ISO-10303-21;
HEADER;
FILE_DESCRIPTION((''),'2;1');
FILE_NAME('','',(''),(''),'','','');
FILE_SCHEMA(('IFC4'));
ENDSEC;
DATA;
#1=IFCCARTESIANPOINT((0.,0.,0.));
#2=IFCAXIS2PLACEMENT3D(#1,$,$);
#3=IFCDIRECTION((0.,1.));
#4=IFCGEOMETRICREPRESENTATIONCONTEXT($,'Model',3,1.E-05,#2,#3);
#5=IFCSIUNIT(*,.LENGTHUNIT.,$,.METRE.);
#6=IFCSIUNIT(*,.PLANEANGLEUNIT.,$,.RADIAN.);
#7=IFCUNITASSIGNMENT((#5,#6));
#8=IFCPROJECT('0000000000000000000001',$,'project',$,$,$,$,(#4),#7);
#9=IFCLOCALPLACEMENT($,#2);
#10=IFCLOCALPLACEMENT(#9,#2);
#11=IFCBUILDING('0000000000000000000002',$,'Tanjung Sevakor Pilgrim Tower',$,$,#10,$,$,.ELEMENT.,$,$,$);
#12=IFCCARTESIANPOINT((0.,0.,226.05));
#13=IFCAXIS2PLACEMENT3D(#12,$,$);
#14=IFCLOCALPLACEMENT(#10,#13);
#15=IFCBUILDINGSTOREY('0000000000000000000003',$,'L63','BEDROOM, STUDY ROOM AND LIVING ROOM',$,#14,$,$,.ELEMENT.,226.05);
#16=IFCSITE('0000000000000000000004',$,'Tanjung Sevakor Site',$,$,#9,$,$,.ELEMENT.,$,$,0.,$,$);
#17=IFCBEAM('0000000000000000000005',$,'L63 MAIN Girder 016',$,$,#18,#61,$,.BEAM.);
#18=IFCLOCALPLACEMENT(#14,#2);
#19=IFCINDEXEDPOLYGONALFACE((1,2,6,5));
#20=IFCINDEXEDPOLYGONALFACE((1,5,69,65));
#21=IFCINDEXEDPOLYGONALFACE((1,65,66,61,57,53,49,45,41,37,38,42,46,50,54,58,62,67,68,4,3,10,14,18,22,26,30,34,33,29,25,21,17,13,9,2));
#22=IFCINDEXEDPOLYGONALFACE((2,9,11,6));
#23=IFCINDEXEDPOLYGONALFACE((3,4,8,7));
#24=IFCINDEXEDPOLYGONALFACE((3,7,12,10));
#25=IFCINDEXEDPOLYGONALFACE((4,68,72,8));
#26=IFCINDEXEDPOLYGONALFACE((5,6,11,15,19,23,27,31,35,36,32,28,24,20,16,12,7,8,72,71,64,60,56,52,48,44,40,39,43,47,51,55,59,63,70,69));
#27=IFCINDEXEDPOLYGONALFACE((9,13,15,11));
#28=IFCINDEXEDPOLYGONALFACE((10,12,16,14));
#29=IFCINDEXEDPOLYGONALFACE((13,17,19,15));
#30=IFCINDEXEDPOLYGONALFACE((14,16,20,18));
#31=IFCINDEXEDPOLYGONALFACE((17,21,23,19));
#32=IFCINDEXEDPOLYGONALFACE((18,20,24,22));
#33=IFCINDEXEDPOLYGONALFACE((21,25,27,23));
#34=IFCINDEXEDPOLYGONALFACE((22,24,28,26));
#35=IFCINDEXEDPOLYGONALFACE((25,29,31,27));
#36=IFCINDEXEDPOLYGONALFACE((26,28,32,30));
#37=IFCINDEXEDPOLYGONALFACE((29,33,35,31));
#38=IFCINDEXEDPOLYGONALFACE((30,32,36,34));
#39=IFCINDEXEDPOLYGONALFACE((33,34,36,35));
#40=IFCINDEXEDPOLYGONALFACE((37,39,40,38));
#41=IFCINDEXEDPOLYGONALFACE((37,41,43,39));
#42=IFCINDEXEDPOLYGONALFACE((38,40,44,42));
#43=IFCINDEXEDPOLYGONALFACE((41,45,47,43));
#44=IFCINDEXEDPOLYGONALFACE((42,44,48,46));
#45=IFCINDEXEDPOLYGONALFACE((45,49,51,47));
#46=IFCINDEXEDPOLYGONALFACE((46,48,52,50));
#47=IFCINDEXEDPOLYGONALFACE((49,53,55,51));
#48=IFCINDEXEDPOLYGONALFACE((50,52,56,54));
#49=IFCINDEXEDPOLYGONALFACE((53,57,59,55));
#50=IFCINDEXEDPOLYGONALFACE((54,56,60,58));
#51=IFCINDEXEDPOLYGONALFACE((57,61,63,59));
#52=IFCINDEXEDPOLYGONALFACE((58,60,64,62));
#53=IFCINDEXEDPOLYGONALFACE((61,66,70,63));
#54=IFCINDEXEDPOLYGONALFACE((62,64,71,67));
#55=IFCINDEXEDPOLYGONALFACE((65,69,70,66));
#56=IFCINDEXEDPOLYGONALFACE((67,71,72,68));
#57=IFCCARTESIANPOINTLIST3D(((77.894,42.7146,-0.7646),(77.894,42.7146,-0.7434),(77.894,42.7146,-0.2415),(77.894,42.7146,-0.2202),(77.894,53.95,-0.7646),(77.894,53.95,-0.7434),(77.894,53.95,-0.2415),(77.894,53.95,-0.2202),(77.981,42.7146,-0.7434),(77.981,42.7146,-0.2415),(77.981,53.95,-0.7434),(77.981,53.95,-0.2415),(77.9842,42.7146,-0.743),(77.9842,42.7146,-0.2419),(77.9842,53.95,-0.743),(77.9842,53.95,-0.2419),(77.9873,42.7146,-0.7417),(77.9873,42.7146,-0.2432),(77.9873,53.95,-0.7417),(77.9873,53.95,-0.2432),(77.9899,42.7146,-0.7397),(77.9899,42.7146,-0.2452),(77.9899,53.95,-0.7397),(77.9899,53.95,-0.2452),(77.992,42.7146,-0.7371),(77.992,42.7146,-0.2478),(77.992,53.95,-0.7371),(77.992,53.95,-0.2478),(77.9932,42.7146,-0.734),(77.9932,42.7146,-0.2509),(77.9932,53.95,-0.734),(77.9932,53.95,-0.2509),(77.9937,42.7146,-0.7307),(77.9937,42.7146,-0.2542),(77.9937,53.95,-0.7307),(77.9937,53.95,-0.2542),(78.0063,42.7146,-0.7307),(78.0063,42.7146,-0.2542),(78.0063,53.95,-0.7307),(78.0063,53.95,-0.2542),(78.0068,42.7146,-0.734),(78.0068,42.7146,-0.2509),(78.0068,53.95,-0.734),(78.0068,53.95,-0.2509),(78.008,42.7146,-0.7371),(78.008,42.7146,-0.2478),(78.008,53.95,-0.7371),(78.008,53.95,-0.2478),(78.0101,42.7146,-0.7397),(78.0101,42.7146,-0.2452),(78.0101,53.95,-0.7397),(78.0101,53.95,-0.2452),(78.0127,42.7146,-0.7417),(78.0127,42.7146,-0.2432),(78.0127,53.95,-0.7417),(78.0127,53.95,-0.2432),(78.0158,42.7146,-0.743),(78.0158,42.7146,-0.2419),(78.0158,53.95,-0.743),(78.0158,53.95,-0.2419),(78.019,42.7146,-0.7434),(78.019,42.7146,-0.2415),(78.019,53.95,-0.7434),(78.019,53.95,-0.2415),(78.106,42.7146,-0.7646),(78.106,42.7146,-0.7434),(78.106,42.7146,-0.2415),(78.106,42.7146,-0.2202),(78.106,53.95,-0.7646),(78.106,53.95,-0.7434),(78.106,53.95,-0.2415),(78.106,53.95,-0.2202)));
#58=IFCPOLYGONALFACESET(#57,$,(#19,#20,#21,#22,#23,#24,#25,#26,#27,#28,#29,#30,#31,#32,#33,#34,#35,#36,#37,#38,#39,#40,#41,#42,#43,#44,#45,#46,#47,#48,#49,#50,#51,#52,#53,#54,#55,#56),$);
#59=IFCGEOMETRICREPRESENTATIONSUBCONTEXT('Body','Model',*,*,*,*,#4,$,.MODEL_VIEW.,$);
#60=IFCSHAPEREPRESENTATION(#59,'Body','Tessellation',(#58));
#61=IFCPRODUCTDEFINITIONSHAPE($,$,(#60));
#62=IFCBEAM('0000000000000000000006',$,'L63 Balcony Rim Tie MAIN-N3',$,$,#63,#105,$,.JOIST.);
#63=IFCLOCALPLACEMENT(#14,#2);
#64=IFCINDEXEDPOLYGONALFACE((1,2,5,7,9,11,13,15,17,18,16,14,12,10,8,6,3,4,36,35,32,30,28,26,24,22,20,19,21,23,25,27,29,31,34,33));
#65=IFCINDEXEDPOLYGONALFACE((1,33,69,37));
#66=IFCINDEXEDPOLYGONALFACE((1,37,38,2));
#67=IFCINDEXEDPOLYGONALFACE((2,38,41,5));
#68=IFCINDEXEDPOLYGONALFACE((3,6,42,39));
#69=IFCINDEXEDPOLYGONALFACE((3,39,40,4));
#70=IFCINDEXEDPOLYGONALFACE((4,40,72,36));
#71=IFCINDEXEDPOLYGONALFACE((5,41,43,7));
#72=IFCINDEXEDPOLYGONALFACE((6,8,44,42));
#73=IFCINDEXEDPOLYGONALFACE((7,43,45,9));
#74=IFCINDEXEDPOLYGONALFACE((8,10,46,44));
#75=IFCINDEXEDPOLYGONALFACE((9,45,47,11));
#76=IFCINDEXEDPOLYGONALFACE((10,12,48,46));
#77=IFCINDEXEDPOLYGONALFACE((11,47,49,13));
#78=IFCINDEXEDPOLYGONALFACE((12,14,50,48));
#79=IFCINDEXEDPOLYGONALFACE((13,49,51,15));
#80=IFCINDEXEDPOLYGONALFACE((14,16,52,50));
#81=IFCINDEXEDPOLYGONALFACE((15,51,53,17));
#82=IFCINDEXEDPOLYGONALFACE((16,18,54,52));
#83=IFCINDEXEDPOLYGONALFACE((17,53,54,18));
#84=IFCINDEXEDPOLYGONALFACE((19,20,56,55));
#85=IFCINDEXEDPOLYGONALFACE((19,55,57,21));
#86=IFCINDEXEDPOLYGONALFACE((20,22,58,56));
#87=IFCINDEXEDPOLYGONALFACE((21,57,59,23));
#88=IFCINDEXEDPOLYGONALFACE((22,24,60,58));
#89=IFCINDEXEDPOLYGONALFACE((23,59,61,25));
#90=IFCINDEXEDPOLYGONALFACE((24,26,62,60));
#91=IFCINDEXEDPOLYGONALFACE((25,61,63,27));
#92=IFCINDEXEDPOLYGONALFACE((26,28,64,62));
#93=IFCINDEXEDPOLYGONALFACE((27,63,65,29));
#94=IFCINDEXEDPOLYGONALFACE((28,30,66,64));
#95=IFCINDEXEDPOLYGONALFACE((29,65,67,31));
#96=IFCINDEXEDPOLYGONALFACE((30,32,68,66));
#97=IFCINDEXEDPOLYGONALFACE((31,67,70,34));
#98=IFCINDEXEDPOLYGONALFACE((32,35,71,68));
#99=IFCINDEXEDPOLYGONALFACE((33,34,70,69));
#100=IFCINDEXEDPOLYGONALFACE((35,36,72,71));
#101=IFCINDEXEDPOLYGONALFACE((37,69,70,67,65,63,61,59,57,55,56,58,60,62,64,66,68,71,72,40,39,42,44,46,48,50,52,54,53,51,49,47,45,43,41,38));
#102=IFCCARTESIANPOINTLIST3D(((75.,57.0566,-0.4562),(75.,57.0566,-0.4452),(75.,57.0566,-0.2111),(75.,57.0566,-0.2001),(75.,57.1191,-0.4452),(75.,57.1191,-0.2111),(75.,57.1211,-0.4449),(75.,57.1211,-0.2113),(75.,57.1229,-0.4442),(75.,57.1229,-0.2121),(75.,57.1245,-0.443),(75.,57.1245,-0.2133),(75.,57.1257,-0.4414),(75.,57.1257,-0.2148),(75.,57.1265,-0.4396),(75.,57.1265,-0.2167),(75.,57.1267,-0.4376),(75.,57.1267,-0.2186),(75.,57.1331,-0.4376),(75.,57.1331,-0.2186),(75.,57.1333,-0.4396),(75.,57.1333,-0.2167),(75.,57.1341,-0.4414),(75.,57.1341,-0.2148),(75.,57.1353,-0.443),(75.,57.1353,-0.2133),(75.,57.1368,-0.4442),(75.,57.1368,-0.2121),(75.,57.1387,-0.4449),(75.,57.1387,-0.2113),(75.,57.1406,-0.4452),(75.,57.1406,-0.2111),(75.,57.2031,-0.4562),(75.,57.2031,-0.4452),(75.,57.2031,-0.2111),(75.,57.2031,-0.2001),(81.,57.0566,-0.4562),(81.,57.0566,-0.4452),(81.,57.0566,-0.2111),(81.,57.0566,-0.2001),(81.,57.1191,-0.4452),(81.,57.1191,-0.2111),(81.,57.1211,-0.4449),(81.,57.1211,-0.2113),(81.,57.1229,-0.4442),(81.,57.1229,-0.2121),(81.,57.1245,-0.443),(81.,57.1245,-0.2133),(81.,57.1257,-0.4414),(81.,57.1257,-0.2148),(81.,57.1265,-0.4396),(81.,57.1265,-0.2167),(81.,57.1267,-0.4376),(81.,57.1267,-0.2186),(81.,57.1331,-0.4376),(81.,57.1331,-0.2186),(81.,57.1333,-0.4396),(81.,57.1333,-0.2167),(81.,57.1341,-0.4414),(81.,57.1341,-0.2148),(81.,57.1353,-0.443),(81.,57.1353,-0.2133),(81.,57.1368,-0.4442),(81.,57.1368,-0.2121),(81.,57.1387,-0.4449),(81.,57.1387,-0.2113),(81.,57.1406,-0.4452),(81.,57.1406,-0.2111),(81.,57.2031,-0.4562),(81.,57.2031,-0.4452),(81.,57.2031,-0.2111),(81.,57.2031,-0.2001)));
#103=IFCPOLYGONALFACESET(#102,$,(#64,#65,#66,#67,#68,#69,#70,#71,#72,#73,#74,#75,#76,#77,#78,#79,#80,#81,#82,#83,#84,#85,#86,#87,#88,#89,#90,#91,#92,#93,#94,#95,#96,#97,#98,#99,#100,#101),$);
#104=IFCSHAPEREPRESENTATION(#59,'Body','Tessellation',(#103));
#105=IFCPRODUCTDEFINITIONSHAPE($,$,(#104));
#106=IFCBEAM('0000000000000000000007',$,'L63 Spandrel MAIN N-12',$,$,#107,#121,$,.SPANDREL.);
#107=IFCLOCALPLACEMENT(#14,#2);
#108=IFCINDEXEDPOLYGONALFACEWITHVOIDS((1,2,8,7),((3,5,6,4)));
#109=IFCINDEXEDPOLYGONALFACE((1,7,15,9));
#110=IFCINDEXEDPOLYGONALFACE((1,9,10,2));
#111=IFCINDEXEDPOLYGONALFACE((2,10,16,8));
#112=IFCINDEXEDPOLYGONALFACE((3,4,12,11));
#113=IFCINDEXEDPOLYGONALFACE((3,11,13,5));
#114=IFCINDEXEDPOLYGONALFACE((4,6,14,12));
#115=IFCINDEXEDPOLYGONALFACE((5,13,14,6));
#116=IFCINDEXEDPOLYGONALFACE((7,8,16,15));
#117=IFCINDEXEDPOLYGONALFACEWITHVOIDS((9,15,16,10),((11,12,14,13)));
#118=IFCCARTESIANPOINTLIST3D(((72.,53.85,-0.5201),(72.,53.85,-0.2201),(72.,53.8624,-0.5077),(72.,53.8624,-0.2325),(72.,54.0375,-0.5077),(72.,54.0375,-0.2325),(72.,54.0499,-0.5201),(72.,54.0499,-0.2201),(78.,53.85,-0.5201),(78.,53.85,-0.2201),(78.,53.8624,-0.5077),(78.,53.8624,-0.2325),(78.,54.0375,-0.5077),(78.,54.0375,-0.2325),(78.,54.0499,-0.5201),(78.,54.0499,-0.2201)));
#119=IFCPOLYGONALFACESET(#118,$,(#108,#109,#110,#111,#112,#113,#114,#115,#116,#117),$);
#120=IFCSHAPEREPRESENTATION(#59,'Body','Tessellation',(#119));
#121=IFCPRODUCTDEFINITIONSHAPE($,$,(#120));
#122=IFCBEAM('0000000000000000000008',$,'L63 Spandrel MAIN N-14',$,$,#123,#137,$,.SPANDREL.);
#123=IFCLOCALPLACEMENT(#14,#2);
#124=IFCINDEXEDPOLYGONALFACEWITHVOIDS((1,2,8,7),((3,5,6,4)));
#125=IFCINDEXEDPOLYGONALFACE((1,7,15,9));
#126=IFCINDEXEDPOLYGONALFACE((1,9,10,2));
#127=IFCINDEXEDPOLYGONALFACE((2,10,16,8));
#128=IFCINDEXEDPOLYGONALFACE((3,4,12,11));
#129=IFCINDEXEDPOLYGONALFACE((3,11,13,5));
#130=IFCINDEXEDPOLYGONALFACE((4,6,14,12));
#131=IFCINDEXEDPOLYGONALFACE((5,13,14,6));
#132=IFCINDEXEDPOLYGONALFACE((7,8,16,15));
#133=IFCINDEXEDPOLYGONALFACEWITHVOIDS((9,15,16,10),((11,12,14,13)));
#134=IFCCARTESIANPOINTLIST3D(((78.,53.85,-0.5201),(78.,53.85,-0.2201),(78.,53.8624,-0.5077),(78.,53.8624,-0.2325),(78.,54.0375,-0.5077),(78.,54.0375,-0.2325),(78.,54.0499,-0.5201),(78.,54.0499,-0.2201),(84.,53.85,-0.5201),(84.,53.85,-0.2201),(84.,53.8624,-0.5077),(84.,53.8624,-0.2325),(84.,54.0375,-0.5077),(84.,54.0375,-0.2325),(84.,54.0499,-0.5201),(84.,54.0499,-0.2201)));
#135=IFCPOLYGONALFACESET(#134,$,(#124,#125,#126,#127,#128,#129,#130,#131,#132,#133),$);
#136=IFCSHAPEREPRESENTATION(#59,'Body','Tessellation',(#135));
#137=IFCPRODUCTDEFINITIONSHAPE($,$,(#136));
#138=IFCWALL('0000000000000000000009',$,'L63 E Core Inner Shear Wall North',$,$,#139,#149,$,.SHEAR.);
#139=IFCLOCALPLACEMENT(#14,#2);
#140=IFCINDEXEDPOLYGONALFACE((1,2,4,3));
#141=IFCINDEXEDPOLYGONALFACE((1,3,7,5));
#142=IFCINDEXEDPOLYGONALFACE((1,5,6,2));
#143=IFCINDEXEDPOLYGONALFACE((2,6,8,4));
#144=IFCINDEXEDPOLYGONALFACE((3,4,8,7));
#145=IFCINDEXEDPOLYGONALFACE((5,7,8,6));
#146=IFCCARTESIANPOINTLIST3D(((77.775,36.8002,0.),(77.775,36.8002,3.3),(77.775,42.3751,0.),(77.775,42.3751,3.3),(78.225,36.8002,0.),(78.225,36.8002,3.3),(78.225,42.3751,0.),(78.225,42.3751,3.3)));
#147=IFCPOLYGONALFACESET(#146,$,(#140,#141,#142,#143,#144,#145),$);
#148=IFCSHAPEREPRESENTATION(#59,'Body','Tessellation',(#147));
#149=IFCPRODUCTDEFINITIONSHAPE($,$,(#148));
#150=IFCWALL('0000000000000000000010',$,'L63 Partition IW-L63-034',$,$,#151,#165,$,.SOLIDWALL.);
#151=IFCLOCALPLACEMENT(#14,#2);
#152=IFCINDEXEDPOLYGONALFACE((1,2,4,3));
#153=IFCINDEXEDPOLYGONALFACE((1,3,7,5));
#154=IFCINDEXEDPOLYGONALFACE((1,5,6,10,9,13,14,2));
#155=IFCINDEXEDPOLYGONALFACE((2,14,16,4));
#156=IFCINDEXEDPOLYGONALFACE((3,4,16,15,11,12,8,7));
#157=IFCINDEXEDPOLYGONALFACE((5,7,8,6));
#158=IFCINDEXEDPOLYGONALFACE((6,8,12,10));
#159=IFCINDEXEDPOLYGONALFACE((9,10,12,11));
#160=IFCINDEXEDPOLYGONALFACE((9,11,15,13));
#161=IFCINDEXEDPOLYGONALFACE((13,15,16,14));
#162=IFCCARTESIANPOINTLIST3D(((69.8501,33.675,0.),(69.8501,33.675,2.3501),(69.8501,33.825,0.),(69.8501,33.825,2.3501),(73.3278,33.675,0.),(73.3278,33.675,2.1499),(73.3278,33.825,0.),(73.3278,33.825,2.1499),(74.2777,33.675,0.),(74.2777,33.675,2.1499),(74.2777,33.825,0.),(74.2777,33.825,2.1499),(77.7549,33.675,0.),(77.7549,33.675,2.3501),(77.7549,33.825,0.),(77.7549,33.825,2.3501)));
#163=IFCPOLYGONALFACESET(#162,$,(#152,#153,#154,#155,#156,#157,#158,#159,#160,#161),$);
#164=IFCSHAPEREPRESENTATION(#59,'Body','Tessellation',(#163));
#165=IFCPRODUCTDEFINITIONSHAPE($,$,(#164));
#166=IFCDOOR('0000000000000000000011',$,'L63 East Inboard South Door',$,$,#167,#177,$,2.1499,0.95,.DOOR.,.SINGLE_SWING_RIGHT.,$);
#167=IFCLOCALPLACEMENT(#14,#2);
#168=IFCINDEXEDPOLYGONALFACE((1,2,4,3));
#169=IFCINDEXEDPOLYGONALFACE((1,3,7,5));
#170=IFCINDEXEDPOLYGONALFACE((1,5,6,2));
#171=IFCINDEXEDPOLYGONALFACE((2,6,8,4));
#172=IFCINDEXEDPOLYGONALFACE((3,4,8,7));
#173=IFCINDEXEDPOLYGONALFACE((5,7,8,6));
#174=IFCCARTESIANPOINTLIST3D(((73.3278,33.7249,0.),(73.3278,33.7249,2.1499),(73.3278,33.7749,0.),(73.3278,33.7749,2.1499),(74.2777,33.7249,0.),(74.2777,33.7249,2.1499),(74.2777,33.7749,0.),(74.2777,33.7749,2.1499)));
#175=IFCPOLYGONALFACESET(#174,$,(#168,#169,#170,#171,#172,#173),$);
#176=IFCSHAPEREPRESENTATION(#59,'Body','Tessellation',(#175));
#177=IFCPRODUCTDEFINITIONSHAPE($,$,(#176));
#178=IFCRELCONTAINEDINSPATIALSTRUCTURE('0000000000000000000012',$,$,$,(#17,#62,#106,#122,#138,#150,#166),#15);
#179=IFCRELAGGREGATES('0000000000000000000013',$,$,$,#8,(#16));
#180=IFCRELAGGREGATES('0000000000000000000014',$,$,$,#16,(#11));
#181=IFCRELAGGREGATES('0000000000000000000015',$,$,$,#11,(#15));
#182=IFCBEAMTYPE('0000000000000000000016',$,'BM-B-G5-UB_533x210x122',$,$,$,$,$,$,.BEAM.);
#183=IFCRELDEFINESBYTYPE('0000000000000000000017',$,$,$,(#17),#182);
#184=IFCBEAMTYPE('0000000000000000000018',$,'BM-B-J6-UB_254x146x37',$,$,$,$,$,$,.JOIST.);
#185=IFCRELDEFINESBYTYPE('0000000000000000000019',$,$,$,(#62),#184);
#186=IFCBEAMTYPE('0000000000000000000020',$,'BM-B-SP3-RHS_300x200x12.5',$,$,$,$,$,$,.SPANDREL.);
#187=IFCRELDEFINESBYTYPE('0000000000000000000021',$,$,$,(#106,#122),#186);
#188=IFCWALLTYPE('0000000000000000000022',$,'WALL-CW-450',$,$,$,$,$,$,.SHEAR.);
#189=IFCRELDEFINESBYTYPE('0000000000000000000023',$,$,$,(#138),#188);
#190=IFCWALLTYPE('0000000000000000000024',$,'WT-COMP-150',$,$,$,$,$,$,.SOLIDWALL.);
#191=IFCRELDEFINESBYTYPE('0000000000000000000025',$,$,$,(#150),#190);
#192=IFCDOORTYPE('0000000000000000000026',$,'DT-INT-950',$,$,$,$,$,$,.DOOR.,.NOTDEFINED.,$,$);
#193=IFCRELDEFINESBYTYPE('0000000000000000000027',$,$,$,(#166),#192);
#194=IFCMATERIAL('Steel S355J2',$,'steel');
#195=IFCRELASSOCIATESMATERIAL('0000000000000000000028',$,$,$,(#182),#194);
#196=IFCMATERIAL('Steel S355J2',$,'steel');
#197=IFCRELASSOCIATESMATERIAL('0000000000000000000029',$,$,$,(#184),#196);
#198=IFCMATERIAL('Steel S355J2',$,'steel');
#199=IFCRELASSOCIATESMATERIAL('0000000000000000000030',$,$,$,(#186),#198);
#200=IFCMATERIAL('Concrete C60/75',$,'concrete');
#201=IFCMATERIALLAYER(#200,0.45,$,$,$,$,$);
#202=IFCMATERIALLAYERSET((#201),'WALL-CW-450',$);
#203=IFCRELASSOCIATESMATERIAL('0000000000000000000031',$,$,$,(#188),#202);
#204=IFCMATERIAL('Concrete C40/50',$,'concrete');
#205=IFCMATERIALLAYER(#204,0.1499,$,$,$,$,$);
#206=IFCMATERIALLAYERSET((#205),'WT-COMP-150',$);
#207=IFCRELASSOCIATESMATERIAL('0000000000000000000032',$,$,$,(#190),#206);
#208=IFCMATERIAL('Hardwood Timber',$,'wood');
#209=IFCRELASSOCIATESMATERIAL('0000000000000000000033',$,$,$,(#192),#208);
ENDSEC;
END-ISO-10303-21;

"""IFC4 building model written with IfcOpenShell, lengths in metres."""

from ifc_helpers import new_model, si_unit, direction, frame, frame_2d, origin, origin_2d, place, context, subcontext, project, spatial, rectangle, hollow_rectangle, i_section, extrude, material, layer, layer_set, material_profile, profile_set, type_object, element, fill, save


model = new_model("IFC4")

# Units and contexts
model_context = context("Model", 3, precision=1e-05, world=origin(), true_north=direction((0.0, 1.0)))
body_context = subcontext(model_context, "Body", "Model", "MODEL_VIEW")
ifc_project = project(units=[si_unit("LENGTHUNIT", "METRE"), si_unit("PLANEANGLEUNIT", "RADIAN")], contexts=[model_context])

# Site, building, storey
site_placement = place(None, origin())
site = spatial("IfcSite", under=ifc_project, at=site_placement, Name="Tanjung Sevakor Site", CompositionType="ELEMENT", RefElevation=0.0)
building_placement = place(site_placement, origin())
building = spatial("IfcBuilding", under=site, at=building_placement, Name="Tanjung Sevakor Pilgrim Tower", CompositionType="ELEMENT")
storey_placement = place(building_placement, frame((0.0, 0.0, 226.05)))
storey = spatial("IfcBuildingStorey", under=building, at=storey_placement, Name="L63", Description="BEDROOM, STUDY ROOM AND LIVING ROOM", CompositionType="ELEMENT", Elevation=226.05)

# Beams
ifc_material_1 = material(Name="Steel S355J2", Category="steel")
ifc_material_profile_1 = material_profile(ifc_material_1, i_section(OverallWidth=0.2119, OverallDepth=0.5444, WebThickness=0.0127, FlangeThickness=0.0212, FilletRadius=0.0127, at=origin_2d()))
ifc_profile_set_1 = profile_set([ifc_material_profile_1], Name="Steel S355J2")
beam_type_1 = type_object("IfcBeamType", Name="BM-B-G5-UB_533x210x122", PredefinedType="BEAM", material=ifc_profile_set_1)
beam_1_placement = place(storey_placement, frame((78.0, 42.7146, -0.4924), z_axis=(0.0, 1.0, 0.0), x_axis=(-1.0, 0.0, 0.0)))
element("IfcBeam", 1, at=beam_1_placement, inside=storey, type_object=beam_type_1, Name="L63 MAIN Girder 016", PredefinedType="BEAM", context=body_context, shape_type="SweptSolid", body=[
    extrude(i_section(OverallWidth=0.2119, OverallDepth=0.5444, WebThickness=0.0127, FlangeThickness=0.0212, FilletRadius=0.0127, at=origin_2d()), origin(), (0.0, 0.0, 1.0), 11.2354),
])
ifc_material_2 = material(Name="Steel S355J2", Category="steel")
ifc_material_profile_2 = material_profile(ifc_material_2, i_section(OverallWidth=0.1465, OverallDepth=0.2561, WebThickness=0.0063, FlangeThickness=0.011, FilletRadius=0.0076, at=origin_2d()))
ifc_profile_set_2 = profile_set([ifc_material_profile_2], Name="Steel S355J2")
beam_type_2 = type_object("IfcBeamType", Name="BM-B-J6-UB_254x146x37", PredefinedType="JOIST", material=ifc_profile_set_2)
beam_2_placement = place(storey_placement, frame((75.0, 57.1299, -0.3281), z_axis=(1.0, 0.0, 0.0), x_axis=(0.0, 1.0, 0.0)))
element("IfcBeam", 2, at=beam_2_placement, inside=storey, type_object=beam_type_2, Name="L63 Balcony Rim Tie MAIN-N3", PredefinedType="JOIST", context=body_context, shape_type="SweptSolid", body=[
    extrude(i_section(OverallWidth=0.1465, OverallDepth=0.2561, WebThickness=0.0063, FlangeThickness=0.011, FilletRadius=0.0076, at=origin_2d()), origin(), (0.0, 0.0, 1.0), 6.0),
])
ifc_material_3 = material(Name="Steel S355J2", Category="steel")
ifc_material_profile_3 = material_profile(ifc_material_3, hollow_rectangle(XDim=0.2, YDim=0.3, WallThickness=0.0125, at=origin_2d()))
ifc_profile_set_3 = profile_set([ifc_material_profile_3], Name="Steel S355J2")
beam_type_3 = type_object("IfcBeamType", Name="BM-B-SP3-RHS_300x200x12.5", PredefinedType="SPANDREL", material=ifc_profile_set_3)
for number, where, z_axis, x_axis, name in (
    (3, (72.0, 53.95, -0.3701), (1.0, 0.0, 0.0), (0.0, 1.0, 0.0), "L63 Spandrel MAIN N-12"),
    (4, (78.0, 53.95, -0.3701), (1.0, 0.0, 0.0), (0.0, 1.0, 0.0), "L63 Spandrel MAIN N-14"),
):
    element("IfcBeam", number, at=place(storey_placement, frame(where, z_axis=z_axis, x_axis=x_axis)), inside=storey, type_object=beam_type_3, Name=name, PredefinedType="SPANDREL", context=body_context, shape_type="SweptSolid", body=[
        extrude(hollow_rectangle(XDim=0.2, YDim=0.3, WallThickness=0.0125, at=origin_2d()), origin(), (0.0, 0.0, 1.0), 6.0),
    ])

# Wall
ifc_material_4 = material(Name="Concrete C60/75", Category="concrete")
ifc_layer_1 = layer(ifc_material_4, 0.45)
ifc_layer_set_1 = layer_set([ifc_layer_1], Name="WALL-CW-450")
wall_type_1 = type_object("IfcWallType", Name="WALL-CW-450", PredefinedType="SHEAR", material=ifc_layer_set_1)
wall_1_placement = place(storey_placement, frame((78.0, 36.8, 0.0), z_axis=(0.0, 0.0, 1.0), x_axis=(0.0, 1.0, 0.0)))
element("IfcWall", 5, at=wall_1_placement, inside=storey, type_object=wall_type_1, Name="L63 E Core Inner Shear Wall North", PredefinedType="SHEAR", context=body_context, shape_type="SweptSolid", body=[
    extrude(rectangle(XDim=5.575, YDim=0.45, at=frame_2d((2.7876, 0.0))), origin(), (0.0, 0.0, 1.0), 3.3),
])

# Wall, opening, door
ifc_material_5 = material(Name="Concrete C40/50", Category="concrete")
ifc_layer_2 = layer(ifc_material_5, 0.1499)
ifc_layer_set_2 = layer_set([ifc_layer_2], Name="WT-COMP-150")
wall_type_2 = type_object("IfcWallType", Name="WT-COMP-150", PredefinedType="SOLIDWALL", material=ifc_layer_set_2)
wall_2_placement = place(storey_placement, frame((69.8501, 33.75, 0.0), z_axis=(0.0, 0.0, 1.0), x_axis=(1.0, 0.0, 0.0)))
wall_2 = element("IfcWall", 6, at=wall_2_placement, inside=storey, type_object=wall_type_2, Name="L63 Partition IW-L63-034", PredefinedType="SOLIDWALL", context=body_context, shape_type="SweptSolid", body=[
    extrude(rectangle(XDim=7.9048, YDim=0.1499, at=frame_2d((3.9524, 0.0))), origin(), (0.0, 0.0, 1.0), 2.3501),
])
opening_1_placement = place(wall_2_placement, frame((3.4775, 0.0, 0.0)))
opening_1 = element("IfcOpeningElement", 7, at=opening_1_placement, cuts=wall_2, PredefinedType="OPENING", context=body_context, shape_type="SweptSolid", body=[
    extrude(rectangle(XDim=0.95, YDim=2.1499, at=frame_2d((0.4751, 1.075))), frame((0.0, 0.085, 0.0), z_axis=(0.0, -1.0, 0.0), x_axis=(1.0, 0.0, 0.0)), (0.0, 0.0, 1.0), 0.1699),
])
ifc_material_6 = material(Name="Hardwood Timber", Category="wood")
door_type_1 = type_object("IfcDoorType", Name="DT-INT-950", OperationType="NOTDEFINED", PredefinedType="DOOR", material=ifc_material_6)
door_1_placement = place(opening_1_placement, origin())
door_1 = element("IfcDoor", 8, at=door_1_placement, inside=storey, type_object=door_type_1, Name="L63 East Inboard South Door", OperationType="SINGLE_SWING_RIGHT", OverallHeight=2.1499, OverallWidth=0.95, PredefinedType="DOOR", context=body_context, shape_type="SweptSolid", body=[
    extrude(rectangle(XDim=0.95, YDim=2.1499, at=frame_2d((0.4751, 1.075))), frame((0.0, 0.0249, 0.0), z_axis=(0.0, -1.0, 0.0), x_axis=(1.0, 0.0, 0.0)), (0.0, 0.0, 1.0), 0.05),
])
fill(opening_1, door_1)

save(model, "model.ifc")
